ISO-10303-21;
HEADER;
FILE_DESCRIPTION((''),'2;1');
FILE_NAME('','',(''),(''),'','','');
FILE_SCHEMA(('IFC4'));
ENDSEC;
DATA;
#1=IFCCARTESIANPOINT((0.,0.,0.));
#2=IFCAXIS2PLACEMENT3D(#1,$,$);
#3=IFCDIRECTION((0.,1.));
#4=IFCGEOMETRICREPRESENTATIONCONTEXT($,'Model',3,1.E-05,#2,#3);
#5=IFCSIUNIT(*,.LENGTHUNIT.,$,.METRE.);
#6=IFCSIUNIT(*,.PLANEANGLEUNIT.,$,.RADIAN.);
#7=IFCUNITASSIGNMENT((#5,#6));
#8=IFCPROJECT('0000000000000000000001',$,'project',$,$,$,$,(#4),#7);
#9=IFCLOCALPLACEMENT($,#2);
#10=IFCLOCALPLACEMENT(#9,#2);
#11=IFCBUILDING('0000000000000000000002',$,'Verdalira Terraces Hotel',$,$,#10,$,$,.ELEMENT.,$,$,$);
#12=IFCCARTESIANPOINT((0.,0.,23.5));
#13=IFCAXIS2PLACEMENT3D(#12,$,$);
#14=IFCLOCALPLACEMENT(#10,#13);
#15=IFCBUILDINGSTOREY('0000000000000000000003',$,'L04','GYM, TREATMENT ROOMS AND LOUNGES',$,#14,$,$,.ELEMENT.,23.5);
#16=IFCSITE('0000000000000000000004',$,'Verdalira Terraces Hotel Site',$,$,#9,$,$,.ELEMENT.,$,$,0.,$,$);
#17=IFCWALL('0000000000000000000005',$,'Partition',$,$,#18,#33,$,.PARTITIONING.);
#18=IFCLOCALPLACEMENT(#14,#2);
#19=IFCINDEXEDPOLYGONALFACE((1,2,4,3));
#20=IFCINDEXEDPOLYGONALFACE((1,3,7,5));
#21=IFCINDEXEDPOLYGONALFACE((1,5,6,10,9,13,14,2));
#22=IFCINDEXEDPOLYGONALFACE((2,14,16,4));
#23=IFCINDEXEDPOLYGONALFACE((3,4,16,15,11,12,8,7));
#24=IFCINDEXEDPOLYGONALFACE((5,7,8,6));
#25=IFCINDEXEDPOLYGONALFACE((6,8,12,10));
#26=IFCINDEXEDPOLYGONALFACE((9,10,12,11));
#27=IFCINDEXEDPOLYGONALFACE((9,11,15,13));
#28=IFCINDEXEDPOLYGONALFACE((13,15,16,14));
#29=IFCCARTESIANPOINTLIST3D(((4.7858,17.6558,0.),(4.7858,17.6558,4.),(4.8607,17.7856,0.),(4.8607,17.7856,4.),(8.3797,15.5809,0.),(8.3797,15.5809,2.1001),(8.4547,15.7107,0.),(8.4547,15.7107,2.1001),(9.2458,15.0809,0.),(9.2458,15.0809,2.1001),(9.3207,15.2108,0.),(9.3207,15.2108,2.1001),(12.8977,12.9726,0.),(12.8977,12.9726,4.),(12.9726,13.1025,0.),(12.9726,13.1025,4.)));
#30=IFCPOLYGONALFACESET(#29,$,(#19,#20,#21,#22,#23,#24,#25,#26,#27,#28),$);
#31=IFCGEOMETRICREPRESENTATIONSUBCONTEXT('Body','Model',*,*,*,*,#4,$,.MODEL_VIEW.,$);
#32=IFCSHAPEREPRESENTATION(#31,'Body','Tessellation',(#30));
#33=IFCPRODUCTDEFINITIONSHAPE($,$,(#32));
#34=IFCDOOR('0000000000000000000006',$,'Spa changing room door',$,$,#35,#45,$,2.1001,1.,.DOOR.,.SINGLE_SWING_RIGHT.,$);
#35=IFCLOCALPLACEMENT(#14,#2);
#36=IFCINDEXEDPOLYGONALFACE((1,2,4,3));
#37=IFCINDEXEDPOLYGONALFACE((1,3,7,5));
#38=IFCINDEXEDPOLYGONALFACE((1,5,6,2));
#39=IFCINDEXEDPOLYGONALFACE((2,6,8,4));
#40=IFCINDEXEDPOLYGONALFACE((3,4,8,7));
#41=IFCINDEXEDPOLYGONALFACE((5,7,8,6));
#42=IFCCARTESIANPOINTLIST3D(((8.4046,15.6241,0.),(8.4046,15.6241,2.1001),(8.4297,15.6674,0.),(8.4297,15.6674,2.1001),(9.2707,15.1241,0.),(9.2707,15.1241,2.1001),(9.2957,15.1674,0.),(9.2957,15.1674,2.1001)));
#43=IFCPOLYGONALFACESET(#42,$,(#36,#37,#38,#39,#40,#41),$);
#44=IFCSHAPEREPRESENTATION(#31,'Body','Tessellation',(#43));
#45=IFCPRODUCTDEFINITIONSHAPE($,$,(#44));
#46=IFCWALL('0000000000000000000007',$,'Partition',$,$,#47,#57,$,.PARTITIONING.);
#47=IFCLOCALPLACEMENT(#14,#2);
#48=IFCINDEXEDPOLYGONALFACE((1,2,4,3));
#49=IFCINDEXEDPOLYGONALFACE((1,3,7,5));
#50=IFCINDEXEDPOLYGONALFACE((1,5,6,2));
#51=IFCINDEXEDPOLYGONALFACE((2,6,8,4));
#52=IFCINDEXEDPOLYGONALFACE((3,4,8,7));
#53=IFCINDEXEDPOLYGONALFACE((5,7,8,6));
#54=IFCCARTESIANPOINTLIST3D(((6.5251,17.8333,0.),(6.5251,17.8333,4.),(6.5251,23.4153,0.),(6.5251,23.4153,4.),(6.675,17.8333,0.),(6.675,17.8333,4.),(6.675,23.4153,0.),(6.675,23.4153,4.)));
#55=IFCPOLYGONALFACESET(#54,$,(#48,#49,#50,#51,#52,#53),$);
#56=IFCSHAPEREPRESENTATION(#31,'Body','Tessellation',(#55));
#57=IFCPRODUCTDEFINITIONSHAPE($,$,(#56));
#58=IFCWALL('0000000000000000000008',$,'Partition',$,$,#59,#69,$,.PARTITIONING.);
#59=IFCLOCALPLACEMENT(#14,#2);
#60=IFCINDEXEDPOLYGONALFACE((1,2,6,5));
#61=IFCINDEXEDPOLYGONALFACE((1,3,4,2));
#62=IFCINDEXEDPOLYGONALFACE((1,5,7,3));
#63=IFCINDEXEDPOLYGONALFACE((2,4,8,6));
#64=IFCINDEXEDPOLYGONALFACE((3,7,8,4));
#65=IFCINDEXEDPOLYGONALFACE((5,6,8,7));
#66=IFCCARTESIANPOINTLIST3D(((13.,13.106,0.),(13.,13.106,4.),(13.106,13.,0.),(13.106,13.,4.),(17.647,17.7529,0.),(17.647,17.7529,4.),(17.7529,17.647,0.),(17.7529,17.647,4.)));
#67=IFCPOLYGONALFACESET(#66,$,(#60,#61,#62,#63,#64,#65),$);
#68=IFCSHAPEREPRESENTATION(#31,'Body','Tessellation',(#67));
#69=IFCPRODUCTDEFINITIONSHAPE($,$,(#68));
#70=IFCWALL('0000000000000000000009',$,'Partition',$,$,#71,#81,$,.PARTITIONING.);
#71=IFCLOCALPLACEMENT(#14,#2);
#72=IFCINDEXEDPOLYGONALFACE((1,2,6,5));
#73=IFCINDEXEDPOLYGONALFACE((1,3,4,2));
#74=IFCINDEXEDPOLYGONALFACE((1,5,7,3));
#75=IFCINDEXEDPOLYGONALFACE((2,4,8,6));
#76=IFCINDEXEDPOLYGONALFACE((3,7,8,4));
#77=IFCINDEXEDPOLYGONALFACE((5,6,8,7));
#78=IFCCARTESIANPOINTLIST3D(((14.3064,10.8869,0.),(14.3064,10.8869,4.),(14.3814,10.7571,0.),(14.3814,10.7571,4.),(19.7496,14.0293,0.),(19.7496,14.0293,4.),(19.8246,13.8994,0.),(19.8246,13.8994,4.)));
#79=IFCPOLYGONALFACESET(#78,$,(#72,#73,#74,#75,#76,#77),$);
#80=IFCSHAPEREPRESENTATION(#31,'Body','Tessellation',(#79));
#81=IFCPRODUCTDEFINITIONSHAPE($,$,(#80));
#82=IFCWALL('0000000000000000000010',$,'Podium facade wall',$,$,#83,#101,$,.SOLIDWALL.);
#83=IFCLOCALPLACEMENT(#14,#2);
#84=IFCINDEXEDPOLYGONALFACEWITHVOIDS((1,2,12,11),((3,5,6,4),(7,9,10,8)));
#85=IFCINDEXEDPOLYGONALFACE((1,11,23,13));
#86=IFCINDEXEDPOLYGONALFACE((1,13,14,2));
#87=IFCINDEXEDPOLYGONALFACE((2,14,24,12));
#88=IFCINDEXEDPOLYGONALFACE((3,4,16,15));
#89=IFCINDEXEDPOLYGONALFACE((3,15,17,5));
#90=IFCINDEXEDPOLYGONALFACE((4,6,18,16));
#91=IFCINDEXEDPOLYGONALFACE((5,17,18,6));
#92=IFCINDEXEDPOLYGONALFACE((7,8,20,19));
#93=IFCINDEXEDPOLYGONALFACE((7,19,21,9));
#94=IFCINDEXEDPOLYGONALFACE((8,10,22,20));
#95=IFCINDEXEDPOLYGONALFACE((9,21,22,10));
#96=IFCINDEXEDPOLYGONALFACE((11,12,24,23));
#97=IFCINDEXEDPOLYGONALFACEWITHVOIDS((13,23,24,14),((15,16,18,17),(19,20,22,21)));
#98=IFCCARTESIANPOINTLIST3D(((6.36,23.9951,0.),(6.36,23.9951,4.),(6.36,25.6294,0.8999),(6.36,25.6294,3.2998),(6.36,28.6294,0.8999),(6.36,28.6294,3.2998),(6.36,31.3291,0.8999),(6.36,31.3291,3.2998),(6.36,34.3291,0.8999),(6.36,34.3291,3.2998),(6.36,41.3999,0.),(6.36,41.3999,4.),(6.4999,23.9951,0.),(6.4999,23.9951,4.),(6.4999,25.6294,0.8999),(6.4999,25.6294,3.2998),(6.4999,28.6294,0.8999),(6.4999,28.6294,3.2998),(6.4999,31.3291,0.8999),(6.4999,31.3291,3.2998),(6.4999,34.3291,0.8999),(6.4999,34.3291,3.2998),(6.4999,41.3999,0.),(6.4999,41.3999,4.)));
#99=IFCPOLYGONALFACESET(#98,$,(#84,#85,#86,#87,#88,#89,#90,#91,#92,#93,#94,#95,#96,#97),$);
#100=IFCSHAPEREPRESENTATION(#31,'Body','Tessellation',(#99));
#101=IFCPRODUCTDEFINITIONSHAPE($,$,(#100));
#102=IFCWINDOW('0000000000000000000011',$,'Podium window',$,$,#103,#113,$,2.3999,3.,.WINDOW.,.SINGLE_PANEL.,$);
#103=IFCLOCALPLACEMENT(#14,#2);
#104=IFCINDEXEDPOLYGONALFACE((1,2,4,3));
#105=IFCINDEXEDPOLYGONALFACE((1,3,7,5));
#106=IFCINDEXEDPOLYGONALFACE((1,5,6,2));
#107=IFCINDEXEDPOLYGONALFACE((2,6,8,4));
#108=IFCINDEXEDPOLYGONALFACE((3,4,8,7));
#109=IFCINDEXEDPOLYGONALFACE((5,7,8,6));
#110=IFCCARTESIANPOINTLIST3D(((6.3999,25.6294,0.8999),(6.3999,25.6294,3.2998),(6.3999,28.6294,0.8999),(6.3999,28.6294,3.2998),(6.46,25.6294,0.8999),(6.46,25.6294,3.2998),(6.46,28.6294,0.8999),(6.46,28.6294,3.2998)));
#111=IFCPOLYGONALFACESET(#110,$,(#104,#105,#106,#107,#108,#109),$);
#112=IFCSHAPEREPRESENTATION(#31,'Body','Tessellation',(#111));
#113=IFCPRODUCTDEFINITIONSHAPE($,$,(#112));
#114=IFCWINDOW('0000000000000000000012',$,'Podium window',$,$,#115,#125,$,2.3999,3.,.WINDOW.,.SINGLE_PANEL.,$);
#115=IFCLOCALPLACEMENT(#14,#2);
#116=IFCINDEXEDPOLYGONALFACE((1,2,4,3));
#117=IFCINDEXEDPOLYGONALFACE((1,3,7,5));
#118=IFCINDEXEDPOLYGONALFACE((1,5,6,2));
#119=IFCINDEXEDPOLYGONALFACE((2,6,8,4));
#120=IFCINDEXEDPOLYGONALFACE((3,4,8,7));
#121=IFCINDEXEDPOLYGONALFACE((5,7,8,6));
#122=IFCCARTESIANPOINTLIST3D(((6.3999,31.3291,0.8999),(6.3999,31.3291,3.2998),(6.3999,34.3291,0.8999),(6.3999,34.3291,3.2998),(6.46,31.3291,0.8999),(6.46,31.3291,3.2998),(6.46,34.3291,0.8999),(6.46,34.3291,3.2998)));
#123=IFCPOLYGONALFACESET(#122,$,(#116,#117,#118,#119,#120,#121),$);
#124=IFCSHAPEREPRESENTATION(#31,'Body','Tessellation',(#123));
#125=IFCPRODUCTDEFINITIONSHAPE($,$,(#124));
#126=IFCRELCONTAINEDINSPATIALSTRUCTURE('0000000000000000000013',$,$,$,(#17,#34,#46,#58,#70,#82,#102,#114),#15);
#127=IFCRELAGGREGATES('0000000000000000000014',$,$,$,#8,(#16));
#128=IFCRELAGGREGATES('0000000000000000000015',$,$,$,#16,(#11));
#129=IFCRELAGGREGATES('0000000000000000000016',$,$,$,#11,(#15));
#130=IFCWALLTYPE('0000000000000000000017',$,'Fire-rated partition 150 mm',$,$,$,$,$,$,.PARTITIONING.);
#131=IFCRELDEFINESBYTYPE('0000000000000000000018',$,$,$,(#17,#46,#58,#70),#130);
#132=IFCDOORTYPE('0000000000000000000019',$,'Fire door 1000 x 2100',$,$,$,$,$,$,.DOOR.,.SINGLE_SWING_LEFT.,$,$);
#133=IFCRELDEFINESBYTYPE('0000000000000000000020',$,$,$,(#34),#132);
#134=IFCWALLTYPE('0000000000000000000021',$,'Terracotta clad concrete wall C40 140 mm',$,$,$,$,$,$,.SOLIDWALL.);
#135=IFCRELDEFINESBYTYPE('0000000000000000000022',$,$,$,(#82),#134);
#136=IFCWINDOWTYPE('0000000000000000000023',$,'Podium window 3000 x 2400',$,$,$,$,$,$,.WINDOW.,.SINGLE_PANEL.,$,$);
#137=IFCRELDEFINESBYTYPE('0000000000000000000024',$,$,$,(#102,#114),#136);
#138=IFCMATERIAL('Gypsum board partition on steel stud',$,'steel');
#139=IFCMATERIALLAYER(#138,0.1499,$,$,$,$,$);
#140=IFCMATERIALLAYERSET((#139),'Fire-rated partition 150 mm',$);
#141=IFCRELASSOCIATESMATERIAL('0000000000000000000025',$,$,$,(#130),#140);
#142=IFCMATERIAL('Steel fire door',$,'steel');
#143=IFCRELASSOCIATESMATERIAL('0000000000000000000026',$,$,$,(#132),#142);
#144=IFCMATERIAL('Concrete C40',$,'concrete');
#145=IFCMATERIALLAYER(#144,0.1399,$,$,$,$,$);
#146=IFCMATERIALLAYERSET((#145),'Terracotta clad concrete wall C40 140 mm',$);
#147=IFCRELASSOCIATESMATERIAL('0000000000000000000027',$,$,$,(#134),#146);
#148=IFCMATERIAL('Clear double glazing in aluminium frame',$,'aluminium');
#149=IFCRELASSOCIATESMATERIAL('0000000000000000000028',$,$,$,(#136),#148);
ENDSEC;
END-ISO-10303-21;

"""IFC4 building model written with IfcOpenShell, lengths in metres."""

from ifc_helpers import new_model, si_unit, direction, frame, frame_2d, origin, place, context, subcontext, project, spatial, rectangle, extrude, material, layer, layer_set, type_object, element, fill, save


model = new_model("IFC4")

# Units and contexts
model_context = context("Model", 3, precision=1e-05, world=origin(), true_north=direction((0.0, 1.0)))
body_context = subcontext(model_context, "Body", "Model", "MODEL_VIEW")
ifc_project = project(units=[si_unit("LENGTHUNIT", "METRE"), si_unit("PLANEANGLEUNIT", "RADIAN")], contexts=[model_context])

# Site, building, storey
site_placement = place(None, origin())
site = spatial("IfcSite", under=ifc_project, at=site_placement, Name="Verdalira Terraces Hotel Site", CompositionType="ELEMENT", RefElevation=0.0)
building_placement = place(site_placement, origin())
building = spatial("IfcBuilding", under=site, at=building_placement, Name="Verdalira Terraces Hotel", CompositionType="ELEMENT")
storey_placement = place(building_placement, frame((0.0, 0.0, 23.5)))
storey = spatial("IfcBuildingStorey", under=building, at=storey_placement, Name="L04", Description="GYM, TREATMENT ROOMS AND LOUNGES", CompositionType="ELEMENT", Elevation=23.5)

# Wall, opening, door
ifc_material_1 = material(Name="Gypsum board partition on steel stud", Category="steel")
ifc_layer_1 = layer(ifc_material_1, 0.1499)
ifc_layer_set_1 = layer_set([ifc_layer_1], Name="Fire-rated partition 150 mm")
wall_type_1 = type_object("IfcWallType", Name="Fire-rated partition 150 mm", PredefinedType="PARTITIONING", material=ifc_layer_set_1)
wall_1_placement = place(storey_placement, frame((4.8232, 17.7207, 0.0), z_axis=(0.0, 0.0, 1.0), x_axis=(0.866037, -0.49998, 0.0)))
wall_1 = element("IfcWall", 1, at=wall_1_placement, inside=storey, type_object=wall_type_1, Name="Partition", PredefinedType="PARTITIONING", context=body_context, shape_type="SweptSolid", body=[
    extrude(rectangle(XDim=9.3667, YDim=0.1499, at=frame_2d((4.6833, 0.0))), origin(), (0.0, 0.0, 1.0), 4.0),
])
opening_1_placement = place(wall_1_placement, frame((4.1499, 0.0, 0.0)))
opening_1 = element("IfcOpeningElement", 2, at=opening_1_placement, cuts=wall_1, PredefinedType="OPENING", context=body_context, shape_type="SweptSolid", body=[
    extrude(rectangle(XDim=1.0, YDim=2.1001, at=frame_2d((0.5, 1.05))), frame((0.0, 0.085, 0.0), z_axis=(0.0, -1.0, 0.0), x_axis=(1.0, 0.0, 0.0)), (0.0, 0.0, 1.0), 0.1699),
])
ifc_material_2 = material(Name="Steel fire door", Category="steel")
door_type_1 = type_object("IfcDoorType", Name="Fire door 1000 x 2100", OperationType="SINGLE_SWING_LEFT", PredefinedType="DOOR", material=ifc_material_2)
door_1_placement = place(opening_1_placement, origin())
door_1 = element("IfcDoor", 3, at=door_1_placement, inside=storey, type_object=door_type_1, Name="Spa changing room door", OperationType="SINGLE_SWING_RIGHT", OverallHeight=2.1001, OverallWidth=1.0, PredefinedType="DOOR", context=body_context, shape_type="SweptSolid", body=[
    extrude(rectangle(XDim=1.0, YDim=2.1001, at=frame_2d((0.5, 1.05))), frame((0.0, 0.0249, 0.0), z_axis=(0.0, -1.0, 0.0), x_axis=(1.0, 0.0, 0.0)), (0.0, 0.0, 1.0), 0.05),
])
fill(opening_1, door_1)

# Walls
wall_2_placement = place(storey_placement, frame((6.6001, 17.8333, 0.0), z_axis=(0.0, 0.0, 1.0), x_axis=(0.0, 1.0, 0.0)))
element("IfcWall", 4, at=wall_2_placement, inside=storey, type_object=wall_type_1, Name="Partition", PredefinedType="PARTITIONING", context=body_context, shape_type="SweptSolid", body=[
    extrude(rectangle(XDim=5.582, YDim=0.1499, at=frame_2d((2.791, 0.0))), origin(), (0.0, 0.0, 1.0), 4.0),
])
wall_3_placement = place(storey_placement, frame((17.7, 17.7, 0.0), z_axis=(0.0, 0.0, 1.0), x_axis=(-0.707107, -0.707107, 0.0)))
element("IfcWall", 5, at=wall_3_placement, inside=storey, type_object=wall_type_1, Name="Partition", PredefinedType="PARTITIONING", context=body_context, shape_type="SweptSolid", body=[
    extrude(rectangle(XDim=6.5718, YDim=0.1499, at=frame_2d((3.2859, 0.0))), origin(), (0.0, 0.0, 1.0), 4.0),
])
wall_4_placement = place(storey_placement, frame((19.7871, 13.9644, 0.0), z_axis=(0.0, 0.0, 1.0), x_axis=(-0.866043, -0.49997, 0.0)))
element("IfcWall", 6, at=wall_4_placement, inside=storey, type_object=wall_type_1, Name="Partition", PredefinedType="PARTITIONING", context=body_context, shape_type="SweptSolid", body=[
    extrude(rectangle(XDim=6.2852, YDim=0.1499, at=frame_2d((3.1426, 0.0))), origin(), (0.0, 0.0, 1.0), 4.0),
])

# Wall, openings, windows
ifc_material_3 = material(Name="Concrete C40", Category="concrete")
ifc_layer_2 = layer(ifc_material_3, 0.1399)
ifc_layer_set_2 = layer_set([ifc_layer_2], Name="Terracotta clad concrete wall C40 140 mm")
wall_type_2 = type_object("IfcWallType", Name="Terracotta clad concrete wall C40 140 mm", PredefinedType="SOLIDWALL", material=ifc_layer_set_2)
wall_5_placement = place(storey_placement, frame((6.4299, 23.9951, 0.0), z_axis=(0.0, 0.0, 1.0), x_axis=(0.0, 1.0, 0.0)))
wall_5 = element("IfcWall", 7, at=wall_5_placement, inside=storey, type_object=wall_type_2, Name="Podium facade wall", PredefinedType="SOLIDWALL", context=body_context, shape_type="SweptSolid", body=[
    extrude(rectangle(XDim=17.4048, YDim=0.1399, at=frame_2d((8.7024, 0.0))), origin(), (0.0, 0.0, 1.0), 4.0),
])
opening_2_placement = place(wall_5_placement, frame((1.6343, 0.0, 0.8999)))
opening_2 = element("IfcOpeningElement", 8, at=opening_2_placement, cuts=wall_5, PredefinedType="OPENING", context=body_context, shape_type="SweptSolid", body=[
    extrude(rectangle(XDim=3.0, YDim=2.3999, at=frame_2d((1.5, 1.2))), frame((0.0, 0.0798, 0.0), z_axis=(0.0, -1.0, 0.0), x_axis=(1.0, 0.0, 0.0)), (0.0, 0.0, 1.0), 0.1599),
])
opening_3_placement = place(wall_5_placement, frame((7.334, 0.0, 0.8999)))
opening_3 = element("IfcOpeningElement", 9, at=opening_3_placement, cuts=wall_5, PredefinedType="OPENING", context=body_context, shape_type="SweptSolid", body=[
    extrude(rectangle(XDim=3.0, YDim=2.3999, at=frame_2d((1.5, 1.2))), frame((0.0, 0.0798, 0.0), z_axis=(0.0, -1.0, 0.0), x_axis=(1.0, 0.0, 0.0)), (0.0, 0.0, 1.0), 0.1599),
])
ifc_material_4 = material(Name="Clear double glazing in aluminium frame", Category="aluminium")
window_type_1 = type_object("IfcWindowType", Name="Podium window 3000 x 2400", PartitioningType="SINGLE_PANEL", PredefinedType="WINDOW", material=ifc_material_4)
window_1_placement = place(opening_2_placement, origin())
window_1 = element("IfcWindow", 10, at=window_1_placement, inside=storey, type_object=window_type_1, Name="Podium window", OverallHeight=2.3999, OverallWidth=3.0, PartitioningType="SINGLE_PANEL", PredefinedType="WINDOW", context=body_context, shape_type="SweptSolid", body=[
    extrude(rectangle(XDim=3.0, YDim=2.3999, at=frame_2d((1.5, 1.2))), frame((0.0, 0.03, 0.0), z_axis=(0.0, -1.0, 0.0), x_axis=(1.0, 0.0, 0.0)), (0.0, 0.0, 1.0), 0.0601),
])
fill(opening_2, window_1)
window_2_placement = place(opening_3_placement, origin())
window_2 = element("IfcWindow", 11, at=window_2_placement, inside=storey, type_object=window_type_1, Name="Podium window", OverallHeight=2.3999, OverallWidth=3.0, PartitioningType="SINGLE_PANEL", PredefinedType="WINDOW", context=body_context, shape_type="SweptSolid", body=[
    extrude(rectangle(XDim=3.0, YDim=2.3999, at=frame_2d((1.5, 1.2))), frame((0.0, 0.03, 0.0), z_axis=(0.0, -1.0, 0.0), x_axis=(1.0, 0.0, 0.0)), (0.0, 0.0, 1.0), 0.0601),
])
fill(opening_3, window_2)

save(model, "model.ifc")
